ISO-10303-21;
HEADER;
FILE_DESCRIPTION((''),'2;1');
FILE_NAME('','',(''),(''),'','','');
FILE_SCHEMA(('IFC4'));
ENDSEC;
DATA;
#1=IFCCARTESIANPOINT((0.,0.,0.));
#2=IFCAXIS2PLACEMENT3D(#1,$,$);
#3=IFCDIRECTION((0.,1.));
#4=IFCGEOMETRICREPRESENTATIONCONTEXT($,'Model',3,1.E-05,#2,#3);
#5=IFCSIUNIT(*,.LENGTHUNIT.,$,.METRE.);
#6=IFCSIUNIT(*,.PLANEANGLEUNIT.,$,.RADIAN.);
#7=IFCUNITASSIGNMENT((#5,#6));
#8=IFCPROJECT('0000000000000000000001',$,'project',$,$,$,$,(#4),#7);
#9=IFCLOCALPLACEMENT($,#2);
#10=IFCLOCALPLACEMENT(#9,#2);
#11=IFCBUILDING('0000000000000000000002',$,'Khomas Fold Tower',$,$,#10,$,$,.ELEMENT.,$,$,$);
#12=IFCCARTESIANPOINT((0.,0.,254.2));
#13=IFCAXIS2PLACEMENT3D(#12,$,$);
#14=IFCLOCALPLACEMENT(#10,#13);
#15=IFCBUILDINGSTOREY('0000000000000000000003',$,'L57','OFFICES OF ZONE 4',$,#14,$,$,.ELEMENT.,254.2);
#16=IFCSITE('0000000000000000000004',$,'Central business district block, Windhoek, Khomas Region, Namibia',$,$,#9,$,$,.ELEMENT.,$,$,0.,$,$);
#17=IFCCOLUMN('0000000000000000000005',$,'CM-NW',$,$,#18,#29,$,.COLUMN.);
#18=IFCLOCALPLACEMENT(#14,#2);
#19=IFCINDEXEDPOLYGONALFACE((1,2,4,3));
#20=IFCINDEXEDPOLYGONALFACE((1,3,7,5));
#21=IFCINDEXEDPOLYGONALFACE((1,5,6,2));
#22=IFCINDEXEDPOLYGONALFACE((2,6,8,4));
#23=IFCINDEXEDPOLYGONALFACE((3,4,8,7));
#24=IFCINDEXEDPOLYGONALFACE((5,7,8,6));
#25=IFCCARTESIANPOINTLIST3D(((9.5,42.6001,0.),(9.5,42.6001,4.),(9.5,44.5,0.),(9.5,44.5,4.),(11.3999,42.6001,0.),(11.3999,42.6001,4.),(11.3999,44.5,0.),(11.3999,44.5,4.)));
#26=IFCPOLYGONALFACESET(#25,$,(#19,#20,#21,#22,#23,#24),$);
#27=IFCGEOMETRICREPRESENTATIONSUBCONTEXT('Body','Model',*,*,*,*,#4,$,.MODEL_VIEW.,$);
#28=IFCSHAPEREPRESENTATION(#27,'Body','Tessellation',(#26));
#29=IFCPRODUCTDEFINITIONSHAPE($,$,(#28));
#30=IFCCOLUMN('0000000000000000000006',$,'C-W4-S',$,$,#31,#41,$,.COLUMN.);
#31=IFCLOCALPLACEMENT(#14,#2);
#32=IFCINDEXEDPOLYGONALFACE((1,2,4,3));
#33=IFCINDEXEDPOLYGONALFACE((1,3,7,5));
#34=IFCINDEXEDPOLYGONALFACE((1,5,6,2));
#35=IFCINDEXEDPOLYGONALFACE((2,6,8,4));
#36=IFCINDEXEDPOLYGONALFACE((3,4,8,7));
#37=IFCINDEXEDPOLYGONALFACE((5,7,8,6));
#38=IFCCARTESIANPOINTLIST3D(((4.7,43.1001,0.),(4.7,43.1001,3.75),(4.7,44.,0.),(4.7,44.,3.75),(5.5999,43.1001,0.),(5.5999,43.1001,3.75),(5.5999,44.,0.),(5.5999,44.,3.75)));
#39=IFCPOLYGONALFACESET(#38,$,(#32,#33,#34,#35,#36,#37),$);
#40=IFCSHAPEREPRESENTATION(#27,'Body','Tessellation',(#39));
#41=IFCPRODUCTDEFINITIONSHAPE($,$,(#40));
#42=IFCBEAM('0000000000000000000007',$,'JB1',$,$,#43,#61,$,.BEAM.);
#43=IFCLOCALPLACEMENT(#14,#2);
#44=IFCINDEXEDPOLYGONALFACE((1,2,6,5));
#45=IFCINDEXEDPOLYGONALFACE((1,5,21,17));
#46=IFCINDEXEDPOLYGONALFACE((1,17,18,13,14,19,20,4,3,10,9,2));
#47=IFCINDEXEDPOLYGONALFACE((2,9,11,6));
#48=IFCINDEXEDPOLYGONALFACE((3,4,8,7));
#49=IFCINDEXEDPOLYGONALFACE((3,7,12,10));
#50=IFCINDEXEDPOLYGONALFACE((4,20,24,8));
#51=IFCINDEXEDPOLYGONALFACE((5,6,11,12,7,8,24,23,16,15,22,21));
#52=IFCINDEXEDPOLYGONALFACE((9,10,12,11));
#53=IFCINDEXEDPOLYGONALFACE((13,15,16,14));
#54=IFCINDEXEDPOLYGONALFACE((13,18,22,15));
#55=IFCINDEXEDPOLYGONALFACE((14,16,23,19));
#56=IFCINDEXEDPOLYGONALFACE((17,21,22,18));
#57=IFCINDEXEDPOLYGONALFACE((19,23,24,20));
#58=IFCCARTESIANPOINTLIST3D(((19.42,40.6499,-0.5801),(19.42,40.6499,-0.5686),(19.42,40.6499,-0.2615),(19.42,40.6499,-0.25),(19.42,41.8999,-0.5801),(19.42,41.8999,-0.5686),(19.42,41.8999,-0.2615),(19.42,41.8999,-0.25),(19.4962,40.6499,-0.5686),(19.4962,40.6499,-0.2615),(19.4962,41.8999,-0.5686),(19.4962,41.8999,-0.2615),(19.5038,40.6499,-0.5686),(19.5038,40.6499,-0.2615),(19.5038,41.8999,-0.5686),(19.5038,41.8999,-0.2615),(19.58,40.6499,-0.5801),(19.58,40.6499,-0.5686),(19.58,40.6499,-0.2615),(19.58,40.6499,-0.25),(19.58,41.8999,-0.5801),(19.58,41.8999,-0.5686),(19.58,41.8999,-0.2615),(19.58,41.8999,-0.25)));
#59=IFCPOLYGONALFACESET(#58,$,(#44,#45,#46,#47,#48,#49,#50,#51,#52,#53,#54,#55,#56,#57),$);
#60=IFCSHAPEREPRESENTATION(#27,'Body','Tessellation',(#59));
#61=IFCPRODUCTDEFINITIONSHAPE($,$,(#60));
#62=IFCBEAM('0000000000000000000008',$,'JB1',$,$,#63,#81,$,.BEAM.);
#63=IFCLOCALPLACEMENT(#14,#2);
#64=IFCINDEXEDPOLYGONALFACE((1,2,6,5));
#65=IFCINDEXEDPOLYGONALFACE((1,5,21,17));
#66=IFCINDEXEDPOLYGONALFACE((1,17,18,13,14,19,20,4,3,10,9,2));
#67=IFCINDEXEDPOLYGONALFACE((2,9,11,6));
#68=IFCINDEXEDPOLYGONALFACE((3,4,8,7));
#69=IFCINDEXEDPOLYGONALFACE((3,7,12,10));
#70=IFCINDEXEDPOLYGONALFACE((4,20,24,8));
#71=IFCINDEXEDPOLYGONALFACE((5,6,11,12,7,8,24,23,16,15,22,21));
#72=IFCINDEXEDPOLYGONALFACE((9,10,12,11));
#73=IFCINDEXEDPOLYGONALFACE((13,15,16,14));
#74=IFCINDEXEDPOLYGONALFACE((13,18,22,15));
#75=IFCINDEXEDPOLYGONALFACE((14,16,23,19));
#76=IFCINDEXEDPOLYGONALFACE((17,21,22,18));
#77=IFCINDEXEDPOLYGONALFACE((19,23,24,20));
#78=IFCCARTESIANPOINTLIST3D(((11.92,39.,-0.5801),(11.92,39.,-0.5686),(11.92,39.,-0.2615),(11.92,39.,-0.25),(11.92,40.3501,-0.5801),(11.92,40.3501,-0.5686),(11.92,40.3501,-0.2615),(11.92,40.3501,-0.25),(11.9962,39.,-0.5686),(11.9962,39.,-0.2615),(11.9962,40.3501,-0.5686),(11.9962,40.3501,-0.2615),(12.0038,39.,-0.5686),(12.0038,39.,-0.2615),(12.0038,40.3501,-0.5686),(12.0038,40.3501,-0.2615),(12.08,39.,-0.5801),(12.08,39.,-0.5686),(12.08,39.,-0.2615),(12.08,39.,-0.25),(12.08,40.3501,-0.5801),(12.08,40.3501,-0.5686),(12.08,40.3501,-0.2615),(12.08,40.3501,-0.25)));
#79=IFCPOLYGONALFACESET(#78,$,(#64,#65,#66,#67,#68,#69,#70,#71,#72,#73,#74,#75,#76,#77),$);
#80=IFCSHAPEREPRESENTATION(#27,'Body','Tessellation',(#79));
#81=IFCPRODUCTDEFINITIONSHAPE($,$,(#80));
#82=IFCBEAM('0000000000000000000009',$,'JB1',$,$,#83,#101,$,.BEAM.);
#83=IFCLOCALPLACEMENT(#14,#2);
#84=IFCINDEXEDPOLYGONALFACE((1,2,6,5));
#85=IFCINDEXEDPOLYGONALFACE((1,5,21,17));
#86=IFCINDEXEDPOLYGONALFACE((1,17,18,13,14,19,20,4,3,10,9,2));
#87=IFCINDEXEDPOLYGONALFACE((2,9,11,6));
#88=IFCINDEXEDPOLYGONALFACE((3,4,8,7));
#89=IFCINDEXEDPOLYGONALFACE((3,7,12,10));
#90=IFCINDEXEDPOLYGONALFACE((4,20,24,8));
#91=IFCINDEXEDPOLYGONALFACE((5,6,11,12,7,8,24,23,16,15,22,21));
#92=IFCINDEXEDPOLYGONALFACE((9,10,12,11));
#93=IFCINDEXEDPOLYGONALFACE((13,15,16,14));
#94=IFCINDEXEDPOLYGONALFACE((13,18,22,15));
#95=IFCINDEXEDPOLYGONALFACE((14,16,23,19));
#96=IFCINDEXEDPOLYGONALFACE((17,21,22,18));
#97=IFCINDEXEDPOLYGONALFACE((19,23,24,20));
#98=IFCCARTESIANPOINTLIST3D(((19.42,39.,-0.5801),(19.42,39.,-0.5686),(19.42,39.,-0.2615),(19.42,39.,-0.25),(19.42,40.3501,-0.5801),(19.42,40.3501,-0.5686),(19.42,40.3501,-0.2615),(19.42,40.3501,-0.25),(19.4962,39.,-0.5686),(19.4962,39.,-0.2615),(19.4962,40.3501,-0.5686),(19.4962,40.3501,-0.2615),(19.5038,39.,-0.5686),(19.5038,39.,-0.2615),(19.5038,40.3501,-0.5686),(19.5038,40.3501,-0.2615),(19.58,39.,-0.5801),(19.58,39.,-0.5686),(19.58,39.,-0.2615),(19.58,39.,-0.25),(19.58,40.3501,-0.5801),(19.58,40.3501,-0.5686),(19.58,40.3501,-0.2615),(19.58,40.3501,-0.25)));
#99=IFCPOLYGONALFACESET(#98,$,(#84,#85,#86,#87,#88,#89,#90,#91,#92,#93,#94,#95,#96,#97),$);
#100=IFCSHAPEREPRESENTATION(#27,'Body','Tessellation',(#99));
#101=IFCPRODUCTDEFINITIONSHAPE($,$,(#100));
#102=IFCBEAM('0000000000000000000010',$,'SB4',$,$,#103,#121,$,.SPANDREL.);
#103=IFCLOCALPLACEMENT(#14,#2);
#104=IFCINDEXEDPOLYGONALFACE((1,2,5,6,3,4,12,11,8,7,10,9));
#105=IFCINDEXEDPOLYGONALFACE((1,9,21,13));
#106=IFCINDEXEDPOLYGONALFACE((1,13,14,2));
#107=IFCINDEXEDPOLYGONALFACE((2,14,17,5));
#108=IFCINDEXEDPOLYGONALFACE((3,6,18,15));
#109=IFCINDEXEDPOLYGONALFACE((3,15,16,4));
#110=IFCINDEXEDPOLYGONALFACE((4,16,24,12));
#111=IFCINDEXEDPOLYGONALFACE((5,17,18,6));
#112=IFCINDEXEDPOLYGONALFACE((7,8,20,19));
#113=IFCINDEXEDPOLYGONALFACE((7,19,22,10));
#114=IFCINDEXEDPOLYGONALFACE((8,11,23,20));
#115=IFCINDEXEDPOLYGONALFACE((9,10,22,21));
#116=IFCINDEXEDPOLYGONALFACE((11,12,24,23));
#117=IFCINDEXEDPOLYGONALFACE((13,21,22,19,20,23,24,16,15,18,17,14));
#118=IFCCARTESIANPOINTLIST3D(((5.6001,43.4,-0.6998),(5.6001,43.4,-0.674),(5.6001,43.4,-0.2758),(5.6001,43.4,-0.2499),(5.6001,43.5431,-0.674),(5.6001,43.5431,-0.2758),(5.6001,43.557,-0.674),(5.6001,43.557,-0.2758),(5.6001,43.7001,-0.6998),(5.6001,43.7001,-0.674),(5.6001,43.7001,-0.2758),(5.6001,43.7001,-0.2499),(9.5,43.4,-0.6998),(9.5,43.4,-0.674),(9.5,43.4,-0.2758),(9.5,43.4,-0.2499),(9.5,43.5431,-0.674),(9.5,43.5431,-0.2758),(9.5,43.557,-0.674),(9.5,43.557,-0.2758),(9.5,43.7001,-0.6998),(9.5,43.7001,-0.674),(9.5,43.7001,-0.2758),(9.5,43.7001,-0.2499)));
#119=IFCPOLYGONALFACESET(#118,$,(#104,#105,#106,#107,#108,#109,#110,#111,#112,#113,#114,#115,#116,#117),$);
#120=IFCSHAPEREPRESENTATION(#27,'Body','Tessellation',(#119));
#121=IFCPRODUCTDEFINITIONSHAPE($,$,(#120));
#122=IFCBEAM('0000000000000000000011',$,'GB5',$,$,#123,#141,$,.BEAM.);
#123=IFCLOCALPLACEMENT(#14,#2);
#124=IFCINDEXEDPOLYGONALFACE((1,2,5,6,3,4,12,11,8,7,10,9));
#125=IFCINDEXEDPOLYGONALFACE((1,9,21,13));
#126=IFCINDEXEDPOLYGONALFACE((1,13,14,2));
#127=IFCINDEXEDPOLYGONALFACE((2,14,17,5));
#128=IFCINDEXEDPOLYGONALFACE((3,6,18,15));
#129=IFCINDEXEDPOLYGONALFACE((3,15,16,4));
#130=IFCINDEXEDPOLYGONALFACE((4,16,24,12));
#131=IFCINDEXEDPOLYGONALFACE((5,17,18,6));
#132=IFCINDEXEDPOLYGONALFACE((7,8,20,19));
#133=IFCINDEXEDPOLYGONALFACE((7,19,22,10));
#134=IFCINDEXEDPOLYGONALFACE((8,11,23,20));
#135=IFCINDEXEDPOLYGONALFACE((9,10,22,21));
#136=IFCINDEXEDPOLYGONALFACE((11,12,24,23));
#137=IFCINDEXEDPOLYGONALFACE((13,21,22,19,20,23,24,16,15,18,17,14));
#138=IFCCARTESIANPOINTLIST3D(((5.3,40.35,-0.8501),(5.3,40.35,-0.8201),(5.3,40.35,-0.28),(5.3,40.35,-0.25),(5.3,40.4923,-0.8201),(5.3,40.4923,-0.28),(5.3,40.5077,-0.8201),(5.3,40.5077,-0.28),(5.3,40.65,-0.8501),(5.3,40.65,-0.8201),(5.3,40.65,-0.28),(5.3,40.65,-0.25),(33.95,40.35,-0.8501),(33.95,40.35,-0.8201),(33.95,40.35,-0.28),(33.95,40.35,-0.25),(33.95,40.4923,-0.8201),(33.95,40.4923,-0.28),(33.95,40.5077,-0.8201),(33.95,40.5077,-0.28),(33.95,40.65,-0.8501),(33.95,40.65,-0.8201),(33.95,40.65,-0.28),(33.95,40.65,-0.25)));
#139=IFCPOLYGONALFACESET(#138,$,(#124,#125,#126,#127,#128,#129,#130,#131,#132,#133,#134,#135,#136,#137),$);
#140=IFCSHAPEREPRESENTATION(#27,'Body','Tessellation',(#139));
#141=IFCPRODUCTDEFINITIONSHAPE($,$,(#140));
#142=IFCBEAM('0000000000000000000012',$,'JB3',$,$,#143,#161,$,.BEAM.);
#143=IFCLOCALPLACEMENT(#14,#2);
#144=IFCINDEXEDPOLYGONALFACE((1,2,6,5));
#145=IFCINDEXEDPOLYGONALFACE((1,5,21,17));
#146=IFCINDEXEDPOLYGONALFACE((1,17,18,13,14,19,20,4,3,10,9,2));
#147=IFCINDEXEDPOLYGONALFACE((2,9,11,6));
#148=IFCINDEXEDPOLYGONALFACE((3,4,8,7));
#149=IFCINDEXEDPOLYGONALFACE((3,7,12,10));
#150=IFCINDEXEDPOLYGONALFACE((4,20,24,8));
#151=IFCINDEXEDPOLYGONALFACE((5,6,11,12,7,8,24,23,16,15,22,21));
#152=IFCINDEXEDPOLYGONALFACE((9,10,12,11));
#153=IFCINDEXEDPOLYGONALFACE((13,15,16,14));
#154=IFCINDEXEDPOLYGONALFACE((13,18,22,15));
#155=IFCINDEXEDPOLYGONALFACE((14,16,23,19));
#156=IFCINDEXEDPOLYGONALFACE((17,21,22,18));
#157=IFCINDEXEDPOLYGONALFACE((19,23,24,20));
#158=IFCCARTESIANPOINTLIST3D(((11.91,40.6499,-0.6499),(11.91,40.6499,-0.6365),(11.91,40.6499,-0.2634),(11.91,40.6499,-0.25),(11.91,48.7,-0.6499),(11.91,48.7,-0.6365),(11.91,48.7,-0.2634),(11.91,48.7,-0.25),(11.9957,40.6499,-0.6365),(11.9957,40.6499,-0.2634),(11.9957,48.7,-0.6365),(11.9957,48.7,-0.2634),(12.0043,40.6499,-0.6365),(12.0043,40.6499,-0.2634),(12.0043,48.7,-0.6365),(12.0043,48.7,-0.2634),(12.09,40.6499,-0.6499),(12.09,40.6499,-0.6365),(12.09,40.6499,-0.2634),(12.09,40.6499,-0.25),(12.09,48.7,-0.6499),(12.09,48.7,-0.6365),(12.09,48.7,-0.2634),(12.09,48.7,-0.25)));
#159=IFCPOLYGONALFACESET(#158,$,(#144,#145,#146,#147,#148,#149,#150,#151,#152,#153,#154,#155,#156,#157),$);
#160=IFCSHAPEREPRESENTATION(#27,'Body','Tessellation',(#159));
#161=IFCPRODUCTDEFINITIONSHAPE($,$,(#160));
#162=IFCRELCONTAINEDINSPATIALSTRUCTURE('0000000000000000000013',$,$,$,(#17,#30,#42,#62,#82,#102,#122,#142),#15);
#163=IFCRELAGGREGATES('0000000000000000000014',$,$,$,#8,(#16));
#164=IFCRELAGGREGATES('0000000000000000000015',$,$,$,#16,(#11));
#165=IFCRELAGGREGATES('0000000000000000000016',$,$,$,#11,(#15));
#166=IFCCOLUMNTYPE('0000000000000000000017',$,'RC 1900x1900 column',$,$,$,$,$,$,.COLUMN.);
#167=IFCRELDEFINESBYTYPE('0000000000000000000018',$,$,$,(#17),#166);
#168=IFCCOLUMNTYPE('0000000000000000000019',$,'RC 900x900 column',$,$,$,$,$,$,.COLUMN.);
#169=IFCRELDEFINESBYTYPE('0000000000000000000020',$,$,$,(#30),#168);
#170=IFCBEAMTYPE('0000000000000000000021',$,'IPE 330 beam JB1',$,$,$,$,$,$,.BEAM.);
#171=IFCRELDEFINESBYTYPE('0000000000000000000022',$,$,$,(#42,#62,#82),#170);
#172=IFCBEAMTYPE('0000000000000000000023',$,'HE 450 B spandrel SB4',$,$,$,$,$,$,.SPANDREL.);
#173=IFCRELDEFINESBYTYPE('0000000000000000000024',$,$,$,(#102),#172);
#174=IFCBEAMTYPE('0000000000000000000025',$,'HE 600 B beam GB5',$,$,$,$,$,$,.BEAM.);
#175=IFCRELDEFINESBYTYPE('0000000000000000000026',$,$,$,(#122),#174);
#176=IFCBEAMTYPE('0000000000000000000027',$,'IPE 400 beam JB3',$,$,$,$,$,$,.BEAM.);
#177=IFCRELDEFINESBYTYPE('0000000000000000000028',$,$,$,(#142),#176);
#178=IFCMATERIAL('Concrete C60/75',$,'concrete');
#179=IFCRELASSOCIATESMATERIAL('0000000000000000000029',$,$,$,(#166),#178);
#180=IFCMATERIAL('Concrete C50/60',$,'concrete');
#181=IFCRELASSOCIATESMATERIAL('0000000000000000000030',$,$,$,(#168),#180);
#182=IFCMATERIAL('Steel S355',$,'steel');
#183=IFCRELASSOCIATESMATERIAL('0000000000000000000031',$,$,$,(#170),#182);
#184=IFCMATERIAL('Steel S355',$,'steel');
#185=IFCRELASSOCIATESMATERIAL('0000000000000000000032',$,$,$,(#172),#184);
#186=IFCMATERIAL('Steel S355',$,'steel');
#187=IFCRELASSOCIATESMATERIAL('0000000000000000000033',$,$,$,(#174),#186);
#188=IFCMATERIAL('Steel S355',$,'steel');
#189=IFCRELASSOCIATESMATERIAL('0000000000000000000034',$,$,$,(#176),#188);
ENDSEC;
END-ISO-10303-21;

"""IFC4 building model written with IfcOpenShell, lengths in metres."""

from ifc_helpers import new_model, si_unit, direction, frame, origin, origin_2d, place, context, subcontext, project, spatial, rectangle, i_section, extrude, source, transform, mapped, material, material_profile, profile_set, type_object, element, save


model = new_model("IFC4")

# Units and contexts
model_context = context("Model", 3, precision=1e-05, world=origin(), true_north=direction((0.0, 1.0)))
body_context = subcontext(model_context, "Body", "Model", "MODEL_VIEW")
ifc_project = project(units=[si_unit("LENGTHUNIT", "METRE"), si_unit("PLANEANGLEUNIT", "RADIAN")], contexts=[model_context])

# Site, building, storey
site_placement = place(None, origin())
site = spatial("IfcSite", under=ifc_project, at=site_placement, Name="Central business district block, Windhoek, Khomas Region, Namibia", CompositionType="ELEMENT", RefElevation=0.0)
building_placement = place(site_placement, origin())
building = spatial("IfcBuilding", under=site, at=building_placement, Name="Khomas Fold Tower", CompositionType="ELEMENT")
storey_placement = place(building_placement, frame((0.0, 0.0, 254.2)))
storey = spatial("IfcBuildingStorey", under=building, at=storey_placement, Name="L57", Description="OFFICES OF ZONE 4", CompositionType="ELEMENT", Elevation=254.2)

# Columns
ifc_material_1 = material(Name="Concrete C60/75", Category="concrete")
ifc_material_profile_1 = material_profile(ifc_material_1, rectangle(XDim=1.8999, YDim=1.8999, at=origin_2d()), Name="RC 1900x1900")
ifc_profile_set_1 = profile_set([ifc_material_profile_1], Name="Concrete C60/75")
column_type_1 = type_object("IfcColumnType", Name="RC 1900x1900 column", PredefinedType="COLUMN", material=ifc_profile_set_1)
shared_shape_1 = source(origin(), body_context, "Body", "SweptSolid", [
    extrude(rectangle(XDim=1.8999, YDim=1.8999, at=origin_2d()), origin(), (0.0, 0.0, 1.0), 4.0),
])
column_1_placement = place(storey_placement, frame((10.45, 43.55, 0.0), z_axis=(0.0, 0.0, 1.0), x_axis=(1.0, 0.0, 0.0)))
element("IfcColumn", 1, at=column_1_placement, inside=storey, type_object=column_type_1, Name="CM-NW", PredefinedType="COLUMN", context=body_context, shape_type="MappedRepresentation", body=[
    mapped(shared_shape_1, transform((0.0, 0.0, 0.0))),
])
ifc_material_2 = material(Name="Concrete C50/60", Category="concrete")
ifc_material_profile_2 = material_profile(ifc_material_2, rectangle(XDim=0.8999, YDim=0.8999, at=origin_2d()), Name="RC 900x900")
ifc_profile_set_2 = profile_set([ifc_material_profile_2], Name="Concrete C50/60")
column_type_2 = type_object("IfcColumnType", Name="RC 900x900 column", PredefinedType="COLUMN", material=ifc_profile_set_2)
shared_shape_2 = source(origin(), body_context, "Body", "SweptSolid", [
    extrude(rectangle(XDim=0.8999, YDim=0.8999, at=origin_2d()), origin(), (0.0, 0.0, 1.0), 3.75),
])
column_2_placement = place(storey_placement, frame((5.1499, 43.55, 0.0), z_axis=(0.0, 0.0, 1.0), x_axis=(1.0, 0.0, 0.0)))
element("IfcColumn", 2, at=column_2_placement, inside=storey, type_object=column_type_2, Name="C-W4-S", PredefinedType="COLUMN", context=body_context, shape_type="MappedRepresentation", body=[
    mapped(shared_shape_2, transform((0.0, 0.0, 0.0))),
])

# Beams
ifc_material_3 = material(Name="Steel S355", Category="steel")
ifc_material_profile_3 = material_profile(ifc_material_3, i_section(OverallWidth=0.1599, OverallDepth=0.3301, WebThickness=0.0076, FlangeThickness=0.0115, at=origin_2d()), Name="IPE 330")
ifc_profile_set_3 = profile_set([ifc_material_profile_3], Name="Steel S355")
beam_type_1 = type_object("IfcBeamType", Name="IPE 330 beam JB1", PredefinedType="BEAM", material=ifc_profile_set_3)
shared_shape_3 = source(origin(), body_context, "Body", "SweptSolid", [
    extrude(i_section(OverallWidth=0.1599, OverallDepth=0.3301, WebThickness=0.0076, FlangeThickness=0.0115, at=origin_2d()), origin(), (0.0, 0.0, 1.0), 1.25),
])
beam_1_placement = place(storey_placement, frame((19.5, 40.6499, -0.415), z_axis=(0.0, 1.0, 0.0), x_axis=(-1.0, 0.0, 0.0)))
element("IfcBeam", 3, at=beam_1_placement, inside=storey, type_object=beam_type_1, Name="JB1", PredefinedType="BEAM", context=body_context, shape_type="MappedRepresentation", body=[
    mapped(shared_shape_3, transform((0.0, 0.0, 0.0))),
])
shared_shape_4 = source(origin(), body_context, "Body", "SweptSolid", [
    extrude(i_section(OverallWidth=0.1599, OverallDepth=0.3301, WebThickness=0.0076, FlangeThickness=0.0115, at=origin_2d()), origin(), (0.0, 0.0, 1.0), 1.3501),
])
for number, where, z_axis, x_axis, name in (
    (4, (12.0, 39.0, -0.415), (0.0, 1.0, 0.0), (-1.0, 0.0, 0.0), "JB1"),
    (5, (19.5, 39.0, -0.415), (0.0, 1.0, 0.0), (-1.0, 0.0, 0.0), "JB1"),
):
    element("IfcBeam", number, at=place(storey_placement, frame(where, z_axis=z_axis, x_axis=x_axis)), inside=storey, type_object=beam_type_1, Name=name, PredefinedType="BEAM", context=body_context, shape_type="MappedRepresentation", body=[
        mapped(shared_shape_4, transform((0.0, 0.0, 0.0))),
    ])
ifc_material_4 = material(Name="Steel S355", Category="steel")
ifc_material_profile_4 = material_profile(ifc_material_4, i_section(OverallWidth=0.3, OverallDepth=0.45, WebThickness=0.0139, FlangeThickness=0.0259, at=origin_2d()), Name="HE 450 B")
ifc_profile_set_4 = profile_set([ifc_material_profile_4], Name="Steel S355")
beam_type_2 = type_object("IfcBeamType", Name="HE 450 B spandrel SB4", PredefinedType="SPANDREL", material=ifc_profile_set_4)
shared_shape_5 = source(origin(), body_context, "Body", "SweptSolid", [
    extrude(i_section(OverallWidth=0.3, OverallDepth=0.45, WebThickness=0.0139, FlangeThickness=0.0259, at=origin_2d()), origin(), (0.0, 0.0, 1.0), 3.8999),
])
beam_2_placement = place(storey_placement, frame((5.6001, 43.55, -0.4749), z_axis=(1.0, 0.0, 0.0), x_axis=(0.0, 1.0, 0.0)))
element("IfcBeam", 6, at=beam_2_placement, inside=storey, type_object=beam_type_2, Name="SB4", PredefinedType="SPANDREL", context=body_context, shape_type="MappedRepresentation", body=[
    mapped(shared_shape_5, transform((0.0, 0.0, 0.0))),
])
ifc_material_5 = material(Name="Steel S355", Category="steel")
ifc_material_profile_5 = material_profile(ifc_material_5, i_section(OverallWidth=0.3, OverallDepth=0.6001, WebThickness=0.0154, FlangeThickness=0.03, at=origin_2d()), Name="HE 600 B")
ifc_profile_set_5 = profile_set([ifc_material_profile_5], Name="Steel S355")
beam_type_3 = type_object("IfcBeamType", Name="HE 600 B beam GB5", PredefinedType="BEAM", material=ifc_profile_set_5)
shared_shape_6 = source(origin(), body_context, "Body", "SweptSolid", [
    extrude(i_section(OverallWidth=0.3, OverallDepth=0.6001, WebThickness=0.0154, FlangeThickness=0.03, at=origin_2d()), origin(), (0.0, 0.0, 1.0), 28.6499),
])
beam_3_placement = place(storey_placement, frame((5.3, 40.5, -0.55), z_axis=(1.0, 0.0, 0.0), x_axis=(0.0, 1.0, 0.0)))
element("IfcBeam", 7, at=beam_3_placement, inside=storey, type_object=beam_type_3, Name="GB5", PredefinedType="BEAM", context=body_context, shape_type="MappedRepresentation", body=[
    mapped(shared_shape_6, transform((0.0, 0.0, 0.0))),
])
ifc_material_6 = material(Name="Steel S355", Category="steel")
ifc_material_profile_6 = material_profile(ifc_material_6, i_section(OverallWidth=0.1799, OverallDepth=0.3999, WebThickness=0.0085, FlangeThickness=0.0134, at=origin_2d()), Name="IPE 400")
ifc_profile_set_6 = profile_set([ifc_material_profile_6], Name="Steel S355")
beam_type_4 = type_object("IfcBeamType", Name="IPE 400 beam JB3", PredefinedType="BEAM", material=ifc_profile_set_6)
shared_shape_7 = source(origin(), body_context, "Body", "SweptSolid", [
    extrude(i_section(OverallWidth=0.1799, OverallDepth=0.3999, WebThickness=0.0085, FlangeThickness=0.0134, at=origin_2d()), origin(), (0.0, 0.0, 1.0), 8.05),
])
beam_4_placement = place(storey_placement, frame((12.0, 40.6499, -0.45), z_axis=(0.0, 1.0, 0.0), x_axis=(-1.0, 0.0, 0.0)))
element("IfcBeam", 8, at=beam_4_placement, inside=storey, type_object=beam_type_4, Name="JB3", PredefinedType="BEAM", context=body_context, shape_type="MappedRepresentation", body=[
    mapped(shared_shape_7, transform((0.0, 0.0, 0.0))),
])

save(model, "model.ifc")
